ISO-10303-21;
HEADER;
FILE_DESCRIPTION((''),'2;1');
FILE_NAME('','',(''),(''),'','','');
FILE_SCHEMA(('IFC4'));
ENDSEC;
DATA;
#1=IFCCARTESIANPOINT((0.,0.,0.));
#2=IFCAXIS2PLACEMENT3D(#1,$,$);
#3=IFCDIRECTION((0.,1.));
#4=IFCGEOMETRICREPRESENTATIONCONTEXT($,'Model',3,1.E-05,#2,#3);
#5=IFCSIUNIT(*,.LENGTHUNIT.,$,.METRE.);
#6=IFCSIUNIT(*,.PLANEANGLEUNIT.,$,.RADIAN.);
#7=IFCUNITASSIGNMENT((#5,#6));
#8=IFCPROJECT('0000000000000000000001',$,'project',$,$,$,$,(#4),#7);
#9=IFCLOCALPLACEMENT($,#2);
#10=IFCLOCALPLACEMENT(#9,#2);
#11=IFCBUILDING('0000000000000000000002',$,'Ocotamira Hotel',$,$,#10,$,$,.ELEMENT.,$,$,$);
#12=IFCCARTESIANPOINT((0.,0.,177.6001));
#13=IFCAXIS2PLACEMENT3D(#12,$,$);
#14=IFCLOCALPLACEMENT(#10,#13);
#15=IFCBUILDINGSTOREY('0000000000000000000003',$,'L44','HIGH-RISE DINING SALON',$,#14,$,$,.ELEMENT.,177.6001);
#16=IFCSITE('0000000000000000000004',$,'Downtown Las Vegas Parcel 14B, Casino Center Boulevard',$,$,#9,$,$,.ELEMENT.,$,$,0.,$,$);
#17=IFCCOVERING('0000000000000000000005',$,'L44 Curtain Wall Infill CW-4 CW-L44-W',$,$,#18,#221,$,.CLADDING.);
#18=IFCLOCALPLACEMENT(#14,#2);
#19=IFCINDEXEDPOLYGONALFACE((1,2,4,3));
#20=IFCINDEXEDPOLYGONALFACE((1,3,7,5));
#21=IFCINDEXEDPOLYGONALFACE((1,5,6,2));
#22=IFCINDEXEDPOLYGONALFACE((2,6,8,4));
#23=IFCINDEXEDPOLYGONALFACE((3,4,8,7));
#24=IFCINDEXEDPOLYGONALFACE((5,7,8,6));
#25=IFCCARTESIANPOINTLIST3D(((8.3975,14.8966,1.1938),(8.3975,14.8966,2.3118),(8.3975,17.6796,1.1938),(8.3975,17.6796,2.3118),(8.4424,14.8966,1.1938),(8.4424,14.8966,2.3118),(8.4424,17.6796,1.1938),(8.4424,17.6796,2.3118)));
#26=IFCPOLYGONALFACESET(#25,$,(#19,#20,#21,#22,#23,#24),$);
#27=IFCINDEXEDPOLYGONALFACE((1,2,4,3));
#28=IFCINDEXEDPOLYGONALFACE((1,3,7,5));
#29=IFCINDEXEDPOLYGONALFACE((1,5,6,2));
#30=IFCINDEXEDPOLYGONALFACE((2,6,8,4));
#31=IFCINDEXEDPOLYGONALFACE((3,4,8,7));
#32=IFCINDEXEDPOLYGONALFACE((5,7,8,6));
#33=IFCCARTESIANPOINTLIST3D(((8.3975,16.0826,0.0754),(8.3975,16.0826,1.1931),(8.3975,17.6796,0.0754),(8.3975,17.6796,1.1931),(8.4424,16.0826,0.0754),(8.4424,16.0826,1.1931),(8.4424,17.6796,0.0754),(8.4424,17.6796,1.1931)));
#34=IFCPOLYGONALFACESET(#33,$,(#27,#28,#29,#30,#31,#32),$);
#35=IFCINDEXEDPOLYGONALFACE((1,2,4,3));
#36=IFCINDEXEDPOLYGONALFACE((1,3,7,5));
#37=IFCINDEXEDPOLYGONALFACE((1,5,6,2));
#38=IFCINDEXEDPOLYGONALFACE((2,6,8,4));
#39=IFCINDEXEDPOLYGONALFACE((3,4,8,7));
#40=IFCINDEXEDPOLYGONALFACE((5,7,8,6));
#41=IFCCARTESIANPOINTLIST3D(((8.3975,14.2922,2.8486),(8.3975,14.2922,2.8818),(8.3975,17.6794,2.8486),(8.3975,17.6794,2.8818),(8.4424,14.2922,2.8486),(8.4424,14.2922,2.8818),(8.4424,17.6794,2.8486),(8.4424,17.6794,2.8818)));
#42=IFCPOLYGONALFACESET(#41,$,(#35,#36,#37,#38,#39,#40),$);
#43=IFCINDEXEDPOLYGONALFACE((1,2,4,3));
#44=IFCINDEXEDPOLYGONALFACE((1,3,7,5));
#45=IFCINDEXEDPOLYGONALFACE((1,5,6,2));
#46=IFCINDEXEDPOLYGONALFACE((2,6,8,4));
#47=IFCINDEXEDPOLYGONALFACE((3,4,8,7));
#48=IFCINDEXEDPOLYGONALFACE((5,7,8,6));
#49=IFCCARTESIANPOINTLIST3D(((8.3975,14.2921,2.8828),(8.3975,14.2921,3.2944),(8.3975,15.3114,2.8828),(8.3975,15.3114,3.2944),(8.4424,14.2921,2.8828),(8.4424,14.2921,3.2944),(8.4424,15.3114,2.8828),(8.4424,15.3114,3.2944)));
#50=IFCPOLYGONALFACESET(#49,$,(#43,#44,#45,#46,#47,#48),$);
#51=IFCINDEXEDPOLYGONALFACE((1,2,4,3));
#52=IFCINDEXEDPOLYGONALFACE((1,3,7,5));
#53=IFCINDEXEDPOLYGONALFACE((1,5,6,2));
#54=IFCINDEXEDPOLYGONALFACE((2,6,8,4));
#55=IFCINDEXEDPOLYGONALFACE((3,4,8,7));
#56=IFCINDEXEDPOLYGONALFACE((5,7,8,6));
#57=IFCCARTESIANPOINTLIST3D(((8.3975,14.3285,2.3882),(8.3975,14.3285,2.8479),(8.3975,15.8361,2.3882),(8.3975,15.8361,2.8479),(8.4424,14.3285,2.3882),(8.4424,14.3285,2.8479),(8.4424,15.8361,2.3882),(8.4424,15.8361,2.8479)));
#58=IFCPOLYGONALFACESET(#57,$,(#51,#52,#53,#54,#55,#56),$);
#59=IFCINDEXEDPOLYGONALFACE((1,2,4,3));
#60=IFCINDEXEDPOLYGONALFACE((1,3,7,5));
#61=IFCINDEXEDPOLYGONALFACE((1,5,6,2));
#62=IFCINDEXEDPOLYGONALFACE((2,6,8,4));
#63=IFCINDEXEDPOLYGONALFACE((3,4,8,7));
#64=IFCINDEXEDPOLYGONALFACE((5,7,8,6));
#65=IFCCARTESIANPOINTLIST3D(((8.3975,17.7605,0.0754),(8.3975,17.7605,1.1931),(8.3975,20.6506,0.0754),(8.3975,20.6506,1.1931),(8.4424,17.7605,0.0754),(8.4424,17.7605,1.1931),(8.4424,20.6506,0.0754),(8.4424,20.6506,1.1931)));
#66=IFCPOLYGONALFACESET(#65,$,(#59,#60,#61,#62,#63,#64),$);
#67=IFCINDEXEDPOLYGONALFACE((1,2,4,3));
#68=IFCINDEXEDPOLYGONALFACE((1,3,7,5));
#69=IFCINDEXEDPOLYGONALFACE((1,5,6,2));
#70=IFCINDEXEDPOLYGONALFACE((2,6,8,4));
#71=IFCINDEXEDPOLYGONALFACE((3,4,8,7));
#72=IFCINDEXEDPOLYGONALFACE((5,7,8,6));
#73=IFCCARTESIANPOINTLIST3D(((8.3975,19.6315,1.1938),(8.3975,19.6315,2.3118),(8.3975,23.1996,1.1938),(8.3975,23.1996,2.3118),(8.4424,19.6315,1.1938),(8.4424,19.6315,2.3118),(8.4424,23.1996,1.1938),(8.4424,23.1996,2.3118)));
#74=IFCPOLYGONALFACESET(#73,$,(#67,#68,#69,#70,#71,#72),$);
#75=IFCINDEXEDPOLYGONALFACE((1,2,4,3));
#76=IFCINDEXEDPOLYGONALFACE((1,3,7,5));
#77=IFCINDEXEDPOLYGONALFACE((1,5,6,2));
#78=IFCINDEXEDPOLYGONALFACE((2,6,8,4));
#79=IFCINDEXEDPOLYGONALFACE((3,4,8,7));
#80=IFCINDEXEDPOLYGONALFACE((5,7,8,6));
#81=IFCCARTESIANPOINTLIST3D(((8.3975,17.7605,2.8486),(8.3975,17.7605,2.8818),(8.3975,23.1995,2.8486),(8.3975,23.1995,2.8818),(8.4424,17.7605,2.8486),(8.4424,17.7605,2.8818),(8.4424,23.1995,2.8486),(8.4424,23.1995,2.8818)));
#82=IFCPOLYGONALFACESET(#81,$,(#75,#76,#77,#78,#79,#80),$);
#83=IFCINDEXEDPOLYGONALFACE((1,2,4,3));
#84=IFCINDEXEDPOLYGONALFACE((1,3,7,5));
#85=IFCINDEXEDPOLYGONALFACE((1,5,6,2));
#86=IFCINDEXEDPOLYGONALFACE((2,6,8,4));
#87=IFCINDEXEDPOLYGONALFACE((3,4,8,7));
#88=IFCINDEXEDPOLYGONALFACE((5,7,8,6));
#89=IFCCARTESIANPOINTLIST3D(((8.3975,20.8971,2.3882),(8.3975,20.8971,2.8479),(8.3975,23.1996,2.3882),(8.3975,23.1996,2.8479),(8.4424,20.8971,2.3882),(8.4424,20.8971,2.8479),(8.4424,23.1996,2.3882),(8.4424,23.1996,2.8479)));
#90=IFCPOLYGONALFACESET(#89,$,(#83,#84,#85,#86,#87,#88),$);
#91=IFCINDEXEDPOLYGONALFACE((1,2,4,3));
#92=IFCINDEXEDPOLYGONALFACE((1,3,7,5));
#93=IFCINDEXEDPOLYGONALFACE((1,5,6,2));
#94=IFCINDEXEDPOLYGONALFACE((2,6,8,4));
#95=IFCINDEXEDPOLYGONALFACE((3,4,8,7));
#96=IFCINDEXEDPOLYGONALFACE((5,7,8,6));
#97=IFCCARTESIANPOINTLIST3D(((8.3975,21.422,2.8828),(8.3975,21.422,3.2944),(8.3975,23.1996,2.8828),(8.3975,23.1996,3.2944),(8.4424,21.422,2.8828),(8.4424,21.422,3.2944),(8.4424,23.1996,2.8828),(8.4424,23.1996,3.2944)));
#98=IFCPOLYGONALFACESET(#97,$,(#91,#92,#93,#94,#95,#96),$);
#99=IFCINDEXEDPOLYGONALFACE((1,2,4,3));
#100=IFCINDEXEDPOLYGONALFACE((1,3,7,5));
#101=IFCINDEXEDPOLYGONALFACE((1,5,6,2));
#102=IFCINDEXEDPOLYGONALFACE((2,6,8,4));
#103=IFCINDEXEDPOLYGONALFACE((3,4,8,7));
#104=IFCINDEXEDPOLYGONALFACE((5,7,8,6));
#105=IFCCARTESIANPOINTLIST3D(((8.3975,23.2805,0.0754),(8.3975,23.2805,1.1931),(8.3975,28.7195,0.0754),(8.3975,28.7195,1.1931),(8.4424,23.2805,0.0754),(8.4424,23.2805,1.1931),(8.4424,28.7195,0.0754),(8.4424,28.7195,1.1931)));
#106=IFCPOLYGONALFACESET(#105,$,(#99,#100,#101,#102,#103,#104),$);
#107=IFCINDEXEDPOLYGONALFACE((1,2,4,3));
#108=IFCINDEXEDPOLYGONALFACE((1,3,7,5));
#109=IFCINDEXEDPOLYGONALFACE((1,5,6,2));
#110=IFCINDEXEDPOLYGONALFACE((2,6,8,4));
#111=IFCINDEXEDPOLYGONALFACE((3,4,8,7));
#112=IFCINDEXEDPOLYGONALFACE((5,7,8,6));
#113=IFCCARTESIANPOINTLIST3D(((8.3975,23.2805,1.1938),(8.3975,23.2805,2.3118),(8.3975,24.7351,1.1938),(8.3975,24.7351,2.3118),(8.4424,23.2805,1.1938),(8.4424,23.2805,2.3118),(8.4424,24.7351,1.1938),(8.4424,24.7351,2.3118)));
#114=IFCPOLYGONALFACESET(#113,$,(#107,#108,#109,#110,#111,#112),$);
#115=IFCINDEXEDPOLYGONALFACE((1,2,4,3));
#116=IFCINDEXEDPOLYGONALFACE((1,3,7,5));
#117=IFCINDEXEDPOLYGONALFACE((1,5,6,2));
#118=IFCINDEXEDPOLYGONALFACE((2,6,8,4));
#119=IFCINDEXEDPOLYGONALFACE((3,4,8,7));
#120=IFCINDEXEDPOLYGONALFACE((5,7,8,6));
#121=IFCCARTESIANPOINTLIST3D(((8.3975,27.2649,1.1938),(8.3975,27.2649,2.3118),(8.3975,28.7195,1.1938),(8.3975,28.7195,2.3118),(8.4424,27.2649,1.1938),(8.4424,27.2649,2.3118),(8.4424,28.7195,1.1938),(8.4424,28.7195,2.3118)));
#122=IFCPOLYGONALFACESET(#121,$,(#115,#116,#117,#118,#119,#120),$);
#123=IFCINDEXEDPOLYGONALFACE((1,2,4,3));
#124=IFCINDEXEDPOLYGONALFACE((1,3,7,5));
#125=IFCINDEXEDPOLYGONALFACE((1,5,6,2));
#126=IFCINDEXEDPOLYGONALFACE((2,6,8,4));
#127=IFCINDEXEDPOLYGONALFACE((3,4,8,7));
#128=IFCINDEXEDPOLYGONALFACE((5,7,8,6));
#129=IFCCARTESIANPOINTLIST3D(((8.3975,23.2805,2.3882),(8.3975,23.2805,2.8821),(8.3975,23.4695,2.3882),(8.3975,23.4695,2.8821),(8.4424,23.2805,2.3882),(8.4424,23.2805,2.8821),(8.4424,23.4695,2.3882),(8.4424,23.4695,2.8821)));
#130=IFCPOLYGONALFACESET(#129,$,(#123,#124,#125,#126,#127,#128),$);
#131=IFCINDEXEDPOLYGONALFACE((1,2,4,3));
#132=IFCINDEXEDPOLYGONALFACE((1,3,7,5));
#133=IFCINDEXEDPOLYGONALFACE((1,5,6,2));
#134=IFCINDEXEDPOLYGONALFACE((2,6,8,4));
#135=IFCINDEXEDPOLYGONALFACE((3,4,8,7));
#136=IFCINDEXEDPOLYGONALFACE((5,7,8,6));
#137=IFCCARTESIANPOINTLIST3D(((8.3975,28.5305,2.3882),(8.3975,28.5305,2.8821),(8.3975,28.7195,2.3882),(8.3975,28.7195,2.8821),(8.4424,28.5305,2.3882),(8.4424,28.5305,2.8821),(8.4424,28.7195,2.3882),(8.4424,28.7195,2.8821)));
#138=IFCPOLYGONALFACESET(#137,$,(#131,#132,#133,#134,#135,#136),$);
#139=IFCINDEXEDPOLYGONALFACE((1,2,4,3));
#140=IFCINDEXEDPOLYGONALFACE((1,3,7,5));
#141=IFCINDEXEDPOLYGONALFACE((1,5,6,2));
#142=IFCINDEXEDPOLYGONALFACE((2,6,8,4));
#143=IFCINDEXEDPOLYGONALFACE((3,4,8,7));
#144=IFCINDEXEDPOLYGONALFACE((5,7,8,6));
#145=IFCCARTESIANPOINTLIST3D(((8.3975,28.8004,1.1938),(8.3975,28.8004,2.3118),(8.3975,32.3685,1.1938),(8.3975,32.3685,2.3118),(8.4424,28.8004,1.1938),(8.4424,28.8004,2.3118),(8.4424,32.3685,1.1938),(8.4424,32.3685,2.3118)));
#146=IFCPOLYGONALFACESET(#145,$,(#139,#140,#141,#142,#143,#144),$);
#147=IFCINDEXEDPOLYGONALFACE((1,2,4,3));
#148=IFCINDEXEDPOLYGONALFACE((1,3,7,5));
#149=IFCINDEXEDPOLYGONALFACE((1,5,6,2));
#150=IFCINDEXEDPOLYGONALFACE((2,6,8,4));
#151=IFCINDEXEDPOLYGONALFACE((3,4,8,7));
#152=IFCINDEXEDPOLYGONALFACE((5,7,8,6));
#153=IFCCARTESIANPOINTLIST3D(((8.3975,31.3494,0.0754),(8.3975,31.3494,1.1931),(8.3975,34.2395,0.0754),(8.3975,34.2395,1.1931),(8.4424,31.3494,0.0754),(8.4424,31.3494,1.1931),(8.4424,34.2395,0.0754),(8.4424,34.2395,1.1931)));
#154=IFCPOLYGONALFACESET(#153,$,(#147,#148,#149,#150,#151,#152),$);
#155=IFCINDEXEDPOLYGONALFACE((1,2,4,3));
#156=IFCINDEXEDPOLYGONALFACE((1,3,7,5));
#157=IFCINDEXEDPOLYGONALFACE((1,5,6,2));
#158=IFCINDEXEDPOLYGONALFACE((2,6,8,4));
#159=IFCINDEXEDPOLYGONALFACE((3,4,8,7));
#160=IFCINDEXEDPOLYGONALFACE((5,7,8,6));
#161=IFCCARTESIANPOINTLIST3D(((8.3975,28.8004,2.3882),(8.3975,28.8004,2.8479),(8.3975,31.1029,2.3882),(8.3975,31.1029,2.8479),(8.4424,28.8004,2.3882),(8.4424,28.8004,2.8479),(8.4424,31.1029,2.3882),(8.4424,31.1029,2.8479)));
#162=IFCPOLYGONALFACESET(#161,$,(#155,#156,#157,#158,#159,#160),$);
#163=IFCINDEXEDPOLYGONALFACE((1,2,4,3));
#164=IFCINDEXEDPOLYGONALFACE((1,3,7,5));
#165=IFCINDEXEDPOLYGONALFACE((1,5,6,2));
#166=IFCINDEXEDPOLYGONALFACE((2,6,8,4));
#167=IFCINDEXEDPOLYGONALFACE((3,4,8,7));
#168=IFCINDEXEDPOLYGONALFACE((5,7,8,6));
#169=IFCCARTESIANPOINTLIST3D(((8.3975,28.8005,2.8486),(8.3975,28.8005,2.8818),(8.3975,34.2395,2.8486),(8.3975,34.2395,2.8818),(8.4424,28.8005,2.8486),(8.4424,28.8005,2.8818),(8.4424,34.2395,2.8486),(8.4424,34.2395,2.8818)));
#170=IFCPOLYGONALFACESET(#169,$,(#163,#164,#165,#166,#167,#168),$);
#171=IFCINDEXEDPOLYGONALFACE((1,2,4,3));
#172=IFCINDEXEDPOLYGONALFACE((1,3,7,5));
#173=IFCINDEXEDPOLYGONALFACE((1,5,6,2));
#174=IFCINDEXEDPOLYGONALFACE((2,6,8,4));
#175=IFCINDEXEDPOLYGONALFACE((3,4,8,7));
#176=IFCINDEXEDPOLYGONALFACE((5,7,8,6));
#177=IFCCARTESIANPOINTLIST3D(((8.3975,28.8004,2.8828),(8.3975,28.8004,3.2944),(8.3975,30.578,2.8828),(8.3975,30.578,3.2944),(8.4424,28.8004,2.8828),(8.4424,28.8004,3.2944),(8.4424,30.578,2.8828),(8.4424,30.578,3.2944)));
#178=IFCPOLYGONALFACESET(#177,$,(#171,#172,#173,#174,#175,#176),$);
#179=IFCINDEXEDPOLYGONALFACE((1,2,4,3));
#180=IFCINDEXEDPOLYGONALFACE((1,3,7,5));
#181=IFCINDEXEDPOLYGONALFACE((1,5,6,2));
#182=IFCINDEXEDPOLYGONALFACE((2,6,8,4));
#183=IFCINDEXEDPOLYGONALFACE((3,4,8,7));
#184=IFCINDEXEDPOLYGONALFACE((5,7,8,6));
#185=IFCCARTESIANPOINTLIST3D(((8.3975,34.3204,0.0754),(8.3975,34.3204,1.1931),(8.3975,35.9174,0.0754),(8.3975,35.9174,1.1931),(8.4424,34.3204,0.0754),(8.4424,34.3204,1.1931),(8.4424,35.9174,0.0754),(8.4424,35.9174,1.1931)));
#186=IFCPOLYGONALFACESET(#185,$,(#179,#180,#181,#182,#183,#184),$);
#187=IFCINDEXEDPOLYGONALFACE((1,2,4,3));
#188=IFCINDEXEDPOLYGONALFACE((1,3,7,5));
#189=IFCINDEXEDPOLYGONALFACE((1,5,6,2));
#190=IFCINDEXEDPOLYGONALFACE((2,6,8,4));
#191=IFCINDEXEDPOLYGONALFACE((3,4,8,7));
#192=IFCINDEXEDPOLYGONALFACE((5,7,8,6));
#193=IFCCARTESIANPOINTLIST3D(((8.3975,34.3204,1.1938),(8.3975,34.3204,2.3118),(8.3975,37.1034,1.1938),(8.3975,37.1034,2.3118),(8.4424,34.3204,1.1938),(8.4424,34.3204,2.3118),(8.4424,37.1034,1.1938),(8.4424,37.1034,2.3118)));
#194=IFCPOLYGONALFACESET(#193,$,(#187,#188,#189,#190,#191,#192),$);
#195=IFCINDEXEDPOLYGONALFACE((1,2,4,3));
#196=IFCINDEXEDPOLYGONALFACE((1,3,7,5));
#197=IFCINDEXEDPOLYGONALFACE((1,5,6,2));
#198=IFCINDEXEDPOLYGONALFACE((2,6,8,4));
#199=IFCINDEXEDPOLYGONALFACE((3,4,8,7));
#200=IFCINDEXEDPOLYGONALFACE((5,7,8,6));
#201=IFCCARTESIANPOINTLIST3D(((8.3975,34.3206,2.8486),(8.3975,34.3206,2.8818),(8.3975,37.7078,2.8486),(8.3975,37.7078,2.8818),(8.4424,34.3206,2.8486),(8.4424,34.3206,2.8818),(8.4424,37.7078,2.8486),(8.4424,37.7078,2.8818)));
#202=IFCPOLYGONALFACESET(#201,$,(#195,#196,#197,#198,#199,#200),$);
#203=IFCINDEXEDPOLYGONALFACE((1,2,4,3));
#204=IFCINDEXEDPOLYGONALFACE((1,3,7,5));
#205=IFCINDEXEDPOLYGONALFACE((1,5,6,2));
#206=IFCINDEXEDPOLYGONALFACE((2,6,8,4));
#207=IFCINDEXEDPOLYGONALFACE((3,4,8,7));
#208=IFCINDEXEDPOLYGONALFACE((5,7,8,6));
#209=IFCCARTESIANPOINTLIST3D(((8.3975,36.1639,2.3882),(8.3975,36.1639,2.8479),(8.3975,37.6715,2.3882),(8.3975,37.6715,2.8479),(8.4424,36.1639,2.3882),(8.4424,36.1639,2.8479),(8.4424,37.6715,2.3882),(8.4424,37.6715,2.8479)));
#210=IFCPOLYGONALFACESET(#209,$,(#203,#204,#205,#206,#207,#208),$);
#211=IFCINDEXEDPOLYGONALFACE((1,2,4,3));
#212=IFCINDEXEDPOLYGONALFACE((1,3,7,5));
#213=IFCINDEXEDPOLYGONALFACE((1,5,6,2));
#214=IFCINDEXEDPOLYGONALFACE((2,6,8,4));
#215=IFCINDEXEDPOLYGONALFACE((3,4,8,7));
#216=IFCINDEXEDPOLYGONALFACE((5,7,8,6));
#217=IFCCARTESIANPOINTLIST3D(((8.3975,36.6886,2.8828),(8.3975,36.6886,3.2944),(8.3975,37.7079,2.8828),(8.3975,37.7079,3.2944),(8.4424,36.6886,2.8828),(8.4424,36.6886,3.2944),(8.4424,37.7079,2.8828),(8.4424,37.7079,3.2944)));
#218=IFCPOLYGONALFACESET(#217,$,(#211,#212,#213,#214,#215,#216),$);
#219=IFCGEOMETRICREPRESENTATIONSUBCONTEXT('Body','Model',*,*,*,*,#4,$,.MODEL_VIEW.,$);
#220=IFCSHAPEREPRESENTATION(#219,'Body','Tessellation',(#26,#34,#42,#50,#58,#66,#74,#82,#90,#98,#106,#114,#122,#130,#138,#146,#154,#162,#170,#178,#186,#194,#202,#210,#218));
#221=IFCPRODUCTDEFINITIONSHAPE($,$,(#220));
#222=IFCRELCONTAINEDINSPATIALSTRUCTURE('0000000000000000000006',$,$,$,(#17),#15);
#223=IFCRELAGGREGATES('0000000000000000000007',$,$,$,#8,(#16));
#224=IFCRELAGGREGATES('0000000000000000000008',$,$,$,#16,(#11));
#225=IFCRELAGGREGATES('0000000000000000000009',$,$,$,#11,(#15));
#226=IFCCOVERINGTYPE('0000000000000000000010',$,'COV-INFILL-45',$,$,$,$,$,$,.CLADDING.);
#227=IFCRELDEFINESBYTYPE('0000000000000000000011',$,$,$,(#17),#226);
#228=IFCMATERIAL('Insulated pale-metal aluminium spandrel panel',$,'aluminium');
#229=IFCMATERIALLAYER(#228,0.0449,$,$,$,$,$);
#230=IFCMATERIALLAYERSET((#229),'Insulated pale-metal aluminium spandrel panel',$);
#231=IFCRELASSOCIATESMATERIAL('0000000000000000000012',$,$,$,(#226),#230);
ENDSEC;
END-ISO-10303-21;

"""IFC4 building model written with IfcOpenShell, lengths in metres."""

from ifc_helpers import new_model, si_unit, direction, frame, origin, origin_2d, place, context, subcontext, project, spatial, rectangle, extrude, material, layer, layer_set, type_object, element, save


model = new_model("IFC4")

# Units and contexts
model_context = context("Model", 3, precision=1e-05, world=origin(), true_north=direction((0.0, 1.0)))
body_context = subcontext(model_context, "Body", "Model", "MODEL_VIEW")
ifc_project = project(units=[si_unit("LENGTHUNIT", "METRE"), si_unit("PLANEANGLEUNIT", "RADIAN")], contexts=[model_context])

# Site, building, storey
site_placement = place(None, origin())
site = spatial("IfcSite", under=ifc_project, at=site_placement, Name="Downtown Las Vegas Parcel 14B, Casino Center Boulevard", CompositionType="ELEMENT", RefElevation=0.0)
building_placement = place(site_placement, origin())
building = spatial("IfcBuilding", under=site, at=building_placement, Name="Ocotamira Hotel", CompositionType="ELEMENT")
storey_placement = place(building_placement, frame((0.0, 0.0, 177.6001)))
storey = spatial("IfcBuildingStorey", under=building, at=storey_placement, Name="L44", Description="HIGH-RISE DINING SALON", CompositionType="ELEMENT", Elevation=177.6001)

# Covering
ifc_material_1 = material(Name="Insulated pale-metal aluminium spandrel panel", Category="aluminium")
ifc_layer_1 = layer(ifc_material_1, 0.0449)
ifc_layer_set_1 = layer_set([ifc_layer_1], Name="Insulated pale-metal aluminium spandrel panel")
covering_type_1 = type_object("IfcCoveringType", Name="COV-INFILL-45", PredefinedType="CLADDING", material=ifc_layer_set_1)
covering_1_placement = place(storey_placement, origin())
element("IfcCovering", 1, at=covering_1_placement, inside=storey, type_object=covering_type_1, Name="L44 Curtain Wall Infill CW-4 CW-L44-W", PredefinedType="CLADDING", context=body_context, shape_type="SweptSolid", body=[
    extrude(rectangle(XDim=2.783, YDim=0.0449, at=origin_2d()), frame((8.4199, 16.2881, 1.1938), z_axis=(0.0, 0.0, 1.0), x_axis=(0.0, 1.0, 0.0)), (0.0, 0.0, 1.0), 1.1179),
    extrude(rectangle(XDim=1.5969, YDim=0.0449, at=origin_2d()), frame((8.4199, 16.8811, 0.0754), z_axis=(0.0, 0.0, 1.0), x_axis=(0.0, 1.0, 0.0)), (0.0, 0.0, 1.0), 1.1177),
    extrude(rectangle(XDim=3.3872, YDim=0.0449, at=origin_2d()), frame((8.4199, 15.9858, 2.8486), z_axis=(0.0, 0.0, 1.0), x_axis=(0.0, 1.0, 0.0)), (0.0, 0.0, 1.0), 0.0332),
    extrude(rectangle(XDim=1.0193, YDim=0.0449, at=origin_2d()), frame((8.4199, 14.8018, 2.8828), z_axis=(0.0, 0.0, 1.0), x_axis=(0.0, 1.0, 0.0)), (0.0, 0.0, 1.0), 0.4116),
    extrude(rectangle(XDim=1.5076, YDim=0.0449, at=origin_2d()), frame((8.4199, 15.0823, 2.3882), z_axis=(0.0, 0.0, 1.0), x_axis=(0.0, 1.0, 0.0)), (0.0, 0.0, 1.0), 0.4597),
    extrude(rectangle(XDim=2.8901, YDim=0.0449, at=origin_2d()), frame((8.4199, 19.2056, 0.0754), z_axis=(0.0, 0.0, 1.0), x_axis=(0.0, 1.0, 0.0)), (0.0, 0.0, 1.0), 1.1177),
    extrude(rectangle(XDim=3.5681, YDim=0.0449, at=origin_2d()), frame((8.4199, 21.4155, 1.1938), z_axis=(0.0, 0.0, 1.0), x_axis=(0.0, 1.0, 0.0)), (0.0, 0.0, 1.0), 1.1179),
    extrude(rectangle(XDim=5.439, YDim=0.0449, at=origin_2d()), frame((8.4199, 20.48, 2.8486), z_axis=(0.0, 0.0, 1.0), x_axis=(0.0, 1.0, 0.0)), (0.0, 0.0, 1.0), 0.0332),
    extrude(rectangle(XDim=2.3025, YDim=0.0449, at=origin_2d()), frame((8.4199, 22.0483, 2.3882), z_axis=(0.0, 0.0, 1.0), x_axis=(0.0, 1.0, 0.0)), (0.0, 0.0, 1.0), 0.4597),
    extrude(rectangle(XDim=1.7776, YDim=0.0449, at=origin_2d()), frame((8.4199, 22.3108, 2.8828), z_axis=(0.0, 0.0, 1.0), x_axis=(0.0, 1.0, 0.0)), (0.0, 0.0, 1.0), 0.4116),
    extrude(rectangle(XDim=5.439, YDim=0.0449, at=origin_2d()), frame((8.4199, 26.0, 0.0754), z_axis=(0.0, 0.0, 1.0), x_axis=(0.0, 1.0, 0.0)), (0.0, 0.0, 1.0), 1.1177),
    extrude(rectangle(XDim=1.4546, YDim=0.0449, at=origin_2d()), frame((8.4199, 24.0078, 1.1938), z_axis=(0.0, 0.0, 1.0), x_axis=(0.0, 1.0, 0.0)), (0.0, 0.0, 1.0), 1.1179),
    extrude(rectangle(XDim=1.4546, YDim=0.0449, at=origin_2d()), frame((8.4199, 27.9922, 1.1938), z_axis=(0.0, 0.0, 1.0), x_axis=(0.0, 1.0, 0.0)), (0.0, 0.0, 1.0), 1.1179),
    extrude(rectangle(XDim=0.189, YDim=0.0449, at=origin_2d()), frame((8.4199, 23.375, 2.3882), z_axis=(0.0, 0.0, 1.0), x_axis=(0.0, 1.0, 0.0)), (0.0, 0.0, 1.0), 0.4939),
    extrude(rectangle(XDim=0.189, YDim=0.0449, at=origin_2d()), frame((8.4199, 28.625, 2.3882), z_axis=(0.0, 0.0, 1.0), x_axis=(0.0, 1.0, 0.0)), (0.0, 0.0, 1.0), 0.4939),
    extrude(rectangle(XDim=3.5681, YDim=0.0449, at=origin_2d()), frame((8.4199, 30.5845, 1.1938), z_axis=(0.0, 0.0, 1.0), x_axis=(0.0, 1.0, 0.0)), (0.0, 0.0, 1.0), 1.1179),
    extrude(rectangle(XDim=2.8901, YDim=0.0449, at=origin_2d()), frame((8.4199, 32.7944, 0.0754), z_axis=(0.0, 0.0, 1.0), x_axis=(0.0, 1.0, 0.0)), (0.0, 0.0, 1.0), 1.1177),
    extrude(rectangle(XDim=2.3025, YDim=0.0449, at=origin_2d()), frame((8.4199, 29.9517, 2.3882), z_axis=(0.0, 0.0, 1.0), x_axis=(0.0, 1.0, 0.0)), (0.0, 0.0, 1.0), 0.4597),
    extrude(rectangle(XDim=5.439, YDim=0.0449, at=origin_2d()), frame((8.4199, 31.52, 2.8486), z_axis=(0.0, 0.0, 1.0), x_axis=(0.0, 1.0, 0.0)), (0.0, 0.0, 1.0), 0.0332),
    extrude(rectangle(XDim=1.7776, YDim=0.0449, at=origin_2d()), frame((8.4199, 29.6892, 2.8828), z_axis=(0.0, 0.0, 1.0), x_axis=(0.0, 1.0, 0.0)), (0.0, 0.0, 1.0), 0.4116),
    extrude(rectangle(XDim=1.5969, YDim=0.0449, at=origin_2d()), frame((8.4199, 35.1189, 0.0754), z_axis=(0.0, 0.0, 1.0), x_axis=(0.0, 1.0, 0.0)), (0.0, 0.0, 1.0), 1.1177),
    extrude(rectangle(XDim=2.783, YDim=0.0449, at=origin_2d()), frame((8.4199, 35.7119, 1.1938), z_axis=(0.0, 0.0, 1.0), x_axis=(0.0, 1.0, 0.0)), (0.0, 0.0, 1.0), 1.1179),
    extrude(rectangle(XDim=3.3872, YDim=0.0449, at=origin_2d()), frame((8.4199, 36.0142, 2.8486), z_axis=(0.0, 0.0, 1.0), x_axis=(0.0, 1.0, 0.0)), (0.0, 0.0, 1.0), 0.0332),
    extrude(rectangle(XDim=1.5076, YDim=0.0449, at=origin_2d()), frame((8.4199, 36.9177, 2.3882), z_axis=(0.0, 0.0, 1.0), x_axis=(0.0, 1.0, 0.0)), (0.0, 0.0, 1.0), 0.4597),
    extrude(rectangle(XDim=1.0193, YDim=0.0449, at=origin_2d()), frame((8.4199, 37.1982, 2.8828), z_axis=(0.0, 0.0, 1.0), x_axis=(0.0, 1.0, 0.0)), (0.0, 0.0, 1.0), 0.4116),
])

save(model, "model.ifc")
